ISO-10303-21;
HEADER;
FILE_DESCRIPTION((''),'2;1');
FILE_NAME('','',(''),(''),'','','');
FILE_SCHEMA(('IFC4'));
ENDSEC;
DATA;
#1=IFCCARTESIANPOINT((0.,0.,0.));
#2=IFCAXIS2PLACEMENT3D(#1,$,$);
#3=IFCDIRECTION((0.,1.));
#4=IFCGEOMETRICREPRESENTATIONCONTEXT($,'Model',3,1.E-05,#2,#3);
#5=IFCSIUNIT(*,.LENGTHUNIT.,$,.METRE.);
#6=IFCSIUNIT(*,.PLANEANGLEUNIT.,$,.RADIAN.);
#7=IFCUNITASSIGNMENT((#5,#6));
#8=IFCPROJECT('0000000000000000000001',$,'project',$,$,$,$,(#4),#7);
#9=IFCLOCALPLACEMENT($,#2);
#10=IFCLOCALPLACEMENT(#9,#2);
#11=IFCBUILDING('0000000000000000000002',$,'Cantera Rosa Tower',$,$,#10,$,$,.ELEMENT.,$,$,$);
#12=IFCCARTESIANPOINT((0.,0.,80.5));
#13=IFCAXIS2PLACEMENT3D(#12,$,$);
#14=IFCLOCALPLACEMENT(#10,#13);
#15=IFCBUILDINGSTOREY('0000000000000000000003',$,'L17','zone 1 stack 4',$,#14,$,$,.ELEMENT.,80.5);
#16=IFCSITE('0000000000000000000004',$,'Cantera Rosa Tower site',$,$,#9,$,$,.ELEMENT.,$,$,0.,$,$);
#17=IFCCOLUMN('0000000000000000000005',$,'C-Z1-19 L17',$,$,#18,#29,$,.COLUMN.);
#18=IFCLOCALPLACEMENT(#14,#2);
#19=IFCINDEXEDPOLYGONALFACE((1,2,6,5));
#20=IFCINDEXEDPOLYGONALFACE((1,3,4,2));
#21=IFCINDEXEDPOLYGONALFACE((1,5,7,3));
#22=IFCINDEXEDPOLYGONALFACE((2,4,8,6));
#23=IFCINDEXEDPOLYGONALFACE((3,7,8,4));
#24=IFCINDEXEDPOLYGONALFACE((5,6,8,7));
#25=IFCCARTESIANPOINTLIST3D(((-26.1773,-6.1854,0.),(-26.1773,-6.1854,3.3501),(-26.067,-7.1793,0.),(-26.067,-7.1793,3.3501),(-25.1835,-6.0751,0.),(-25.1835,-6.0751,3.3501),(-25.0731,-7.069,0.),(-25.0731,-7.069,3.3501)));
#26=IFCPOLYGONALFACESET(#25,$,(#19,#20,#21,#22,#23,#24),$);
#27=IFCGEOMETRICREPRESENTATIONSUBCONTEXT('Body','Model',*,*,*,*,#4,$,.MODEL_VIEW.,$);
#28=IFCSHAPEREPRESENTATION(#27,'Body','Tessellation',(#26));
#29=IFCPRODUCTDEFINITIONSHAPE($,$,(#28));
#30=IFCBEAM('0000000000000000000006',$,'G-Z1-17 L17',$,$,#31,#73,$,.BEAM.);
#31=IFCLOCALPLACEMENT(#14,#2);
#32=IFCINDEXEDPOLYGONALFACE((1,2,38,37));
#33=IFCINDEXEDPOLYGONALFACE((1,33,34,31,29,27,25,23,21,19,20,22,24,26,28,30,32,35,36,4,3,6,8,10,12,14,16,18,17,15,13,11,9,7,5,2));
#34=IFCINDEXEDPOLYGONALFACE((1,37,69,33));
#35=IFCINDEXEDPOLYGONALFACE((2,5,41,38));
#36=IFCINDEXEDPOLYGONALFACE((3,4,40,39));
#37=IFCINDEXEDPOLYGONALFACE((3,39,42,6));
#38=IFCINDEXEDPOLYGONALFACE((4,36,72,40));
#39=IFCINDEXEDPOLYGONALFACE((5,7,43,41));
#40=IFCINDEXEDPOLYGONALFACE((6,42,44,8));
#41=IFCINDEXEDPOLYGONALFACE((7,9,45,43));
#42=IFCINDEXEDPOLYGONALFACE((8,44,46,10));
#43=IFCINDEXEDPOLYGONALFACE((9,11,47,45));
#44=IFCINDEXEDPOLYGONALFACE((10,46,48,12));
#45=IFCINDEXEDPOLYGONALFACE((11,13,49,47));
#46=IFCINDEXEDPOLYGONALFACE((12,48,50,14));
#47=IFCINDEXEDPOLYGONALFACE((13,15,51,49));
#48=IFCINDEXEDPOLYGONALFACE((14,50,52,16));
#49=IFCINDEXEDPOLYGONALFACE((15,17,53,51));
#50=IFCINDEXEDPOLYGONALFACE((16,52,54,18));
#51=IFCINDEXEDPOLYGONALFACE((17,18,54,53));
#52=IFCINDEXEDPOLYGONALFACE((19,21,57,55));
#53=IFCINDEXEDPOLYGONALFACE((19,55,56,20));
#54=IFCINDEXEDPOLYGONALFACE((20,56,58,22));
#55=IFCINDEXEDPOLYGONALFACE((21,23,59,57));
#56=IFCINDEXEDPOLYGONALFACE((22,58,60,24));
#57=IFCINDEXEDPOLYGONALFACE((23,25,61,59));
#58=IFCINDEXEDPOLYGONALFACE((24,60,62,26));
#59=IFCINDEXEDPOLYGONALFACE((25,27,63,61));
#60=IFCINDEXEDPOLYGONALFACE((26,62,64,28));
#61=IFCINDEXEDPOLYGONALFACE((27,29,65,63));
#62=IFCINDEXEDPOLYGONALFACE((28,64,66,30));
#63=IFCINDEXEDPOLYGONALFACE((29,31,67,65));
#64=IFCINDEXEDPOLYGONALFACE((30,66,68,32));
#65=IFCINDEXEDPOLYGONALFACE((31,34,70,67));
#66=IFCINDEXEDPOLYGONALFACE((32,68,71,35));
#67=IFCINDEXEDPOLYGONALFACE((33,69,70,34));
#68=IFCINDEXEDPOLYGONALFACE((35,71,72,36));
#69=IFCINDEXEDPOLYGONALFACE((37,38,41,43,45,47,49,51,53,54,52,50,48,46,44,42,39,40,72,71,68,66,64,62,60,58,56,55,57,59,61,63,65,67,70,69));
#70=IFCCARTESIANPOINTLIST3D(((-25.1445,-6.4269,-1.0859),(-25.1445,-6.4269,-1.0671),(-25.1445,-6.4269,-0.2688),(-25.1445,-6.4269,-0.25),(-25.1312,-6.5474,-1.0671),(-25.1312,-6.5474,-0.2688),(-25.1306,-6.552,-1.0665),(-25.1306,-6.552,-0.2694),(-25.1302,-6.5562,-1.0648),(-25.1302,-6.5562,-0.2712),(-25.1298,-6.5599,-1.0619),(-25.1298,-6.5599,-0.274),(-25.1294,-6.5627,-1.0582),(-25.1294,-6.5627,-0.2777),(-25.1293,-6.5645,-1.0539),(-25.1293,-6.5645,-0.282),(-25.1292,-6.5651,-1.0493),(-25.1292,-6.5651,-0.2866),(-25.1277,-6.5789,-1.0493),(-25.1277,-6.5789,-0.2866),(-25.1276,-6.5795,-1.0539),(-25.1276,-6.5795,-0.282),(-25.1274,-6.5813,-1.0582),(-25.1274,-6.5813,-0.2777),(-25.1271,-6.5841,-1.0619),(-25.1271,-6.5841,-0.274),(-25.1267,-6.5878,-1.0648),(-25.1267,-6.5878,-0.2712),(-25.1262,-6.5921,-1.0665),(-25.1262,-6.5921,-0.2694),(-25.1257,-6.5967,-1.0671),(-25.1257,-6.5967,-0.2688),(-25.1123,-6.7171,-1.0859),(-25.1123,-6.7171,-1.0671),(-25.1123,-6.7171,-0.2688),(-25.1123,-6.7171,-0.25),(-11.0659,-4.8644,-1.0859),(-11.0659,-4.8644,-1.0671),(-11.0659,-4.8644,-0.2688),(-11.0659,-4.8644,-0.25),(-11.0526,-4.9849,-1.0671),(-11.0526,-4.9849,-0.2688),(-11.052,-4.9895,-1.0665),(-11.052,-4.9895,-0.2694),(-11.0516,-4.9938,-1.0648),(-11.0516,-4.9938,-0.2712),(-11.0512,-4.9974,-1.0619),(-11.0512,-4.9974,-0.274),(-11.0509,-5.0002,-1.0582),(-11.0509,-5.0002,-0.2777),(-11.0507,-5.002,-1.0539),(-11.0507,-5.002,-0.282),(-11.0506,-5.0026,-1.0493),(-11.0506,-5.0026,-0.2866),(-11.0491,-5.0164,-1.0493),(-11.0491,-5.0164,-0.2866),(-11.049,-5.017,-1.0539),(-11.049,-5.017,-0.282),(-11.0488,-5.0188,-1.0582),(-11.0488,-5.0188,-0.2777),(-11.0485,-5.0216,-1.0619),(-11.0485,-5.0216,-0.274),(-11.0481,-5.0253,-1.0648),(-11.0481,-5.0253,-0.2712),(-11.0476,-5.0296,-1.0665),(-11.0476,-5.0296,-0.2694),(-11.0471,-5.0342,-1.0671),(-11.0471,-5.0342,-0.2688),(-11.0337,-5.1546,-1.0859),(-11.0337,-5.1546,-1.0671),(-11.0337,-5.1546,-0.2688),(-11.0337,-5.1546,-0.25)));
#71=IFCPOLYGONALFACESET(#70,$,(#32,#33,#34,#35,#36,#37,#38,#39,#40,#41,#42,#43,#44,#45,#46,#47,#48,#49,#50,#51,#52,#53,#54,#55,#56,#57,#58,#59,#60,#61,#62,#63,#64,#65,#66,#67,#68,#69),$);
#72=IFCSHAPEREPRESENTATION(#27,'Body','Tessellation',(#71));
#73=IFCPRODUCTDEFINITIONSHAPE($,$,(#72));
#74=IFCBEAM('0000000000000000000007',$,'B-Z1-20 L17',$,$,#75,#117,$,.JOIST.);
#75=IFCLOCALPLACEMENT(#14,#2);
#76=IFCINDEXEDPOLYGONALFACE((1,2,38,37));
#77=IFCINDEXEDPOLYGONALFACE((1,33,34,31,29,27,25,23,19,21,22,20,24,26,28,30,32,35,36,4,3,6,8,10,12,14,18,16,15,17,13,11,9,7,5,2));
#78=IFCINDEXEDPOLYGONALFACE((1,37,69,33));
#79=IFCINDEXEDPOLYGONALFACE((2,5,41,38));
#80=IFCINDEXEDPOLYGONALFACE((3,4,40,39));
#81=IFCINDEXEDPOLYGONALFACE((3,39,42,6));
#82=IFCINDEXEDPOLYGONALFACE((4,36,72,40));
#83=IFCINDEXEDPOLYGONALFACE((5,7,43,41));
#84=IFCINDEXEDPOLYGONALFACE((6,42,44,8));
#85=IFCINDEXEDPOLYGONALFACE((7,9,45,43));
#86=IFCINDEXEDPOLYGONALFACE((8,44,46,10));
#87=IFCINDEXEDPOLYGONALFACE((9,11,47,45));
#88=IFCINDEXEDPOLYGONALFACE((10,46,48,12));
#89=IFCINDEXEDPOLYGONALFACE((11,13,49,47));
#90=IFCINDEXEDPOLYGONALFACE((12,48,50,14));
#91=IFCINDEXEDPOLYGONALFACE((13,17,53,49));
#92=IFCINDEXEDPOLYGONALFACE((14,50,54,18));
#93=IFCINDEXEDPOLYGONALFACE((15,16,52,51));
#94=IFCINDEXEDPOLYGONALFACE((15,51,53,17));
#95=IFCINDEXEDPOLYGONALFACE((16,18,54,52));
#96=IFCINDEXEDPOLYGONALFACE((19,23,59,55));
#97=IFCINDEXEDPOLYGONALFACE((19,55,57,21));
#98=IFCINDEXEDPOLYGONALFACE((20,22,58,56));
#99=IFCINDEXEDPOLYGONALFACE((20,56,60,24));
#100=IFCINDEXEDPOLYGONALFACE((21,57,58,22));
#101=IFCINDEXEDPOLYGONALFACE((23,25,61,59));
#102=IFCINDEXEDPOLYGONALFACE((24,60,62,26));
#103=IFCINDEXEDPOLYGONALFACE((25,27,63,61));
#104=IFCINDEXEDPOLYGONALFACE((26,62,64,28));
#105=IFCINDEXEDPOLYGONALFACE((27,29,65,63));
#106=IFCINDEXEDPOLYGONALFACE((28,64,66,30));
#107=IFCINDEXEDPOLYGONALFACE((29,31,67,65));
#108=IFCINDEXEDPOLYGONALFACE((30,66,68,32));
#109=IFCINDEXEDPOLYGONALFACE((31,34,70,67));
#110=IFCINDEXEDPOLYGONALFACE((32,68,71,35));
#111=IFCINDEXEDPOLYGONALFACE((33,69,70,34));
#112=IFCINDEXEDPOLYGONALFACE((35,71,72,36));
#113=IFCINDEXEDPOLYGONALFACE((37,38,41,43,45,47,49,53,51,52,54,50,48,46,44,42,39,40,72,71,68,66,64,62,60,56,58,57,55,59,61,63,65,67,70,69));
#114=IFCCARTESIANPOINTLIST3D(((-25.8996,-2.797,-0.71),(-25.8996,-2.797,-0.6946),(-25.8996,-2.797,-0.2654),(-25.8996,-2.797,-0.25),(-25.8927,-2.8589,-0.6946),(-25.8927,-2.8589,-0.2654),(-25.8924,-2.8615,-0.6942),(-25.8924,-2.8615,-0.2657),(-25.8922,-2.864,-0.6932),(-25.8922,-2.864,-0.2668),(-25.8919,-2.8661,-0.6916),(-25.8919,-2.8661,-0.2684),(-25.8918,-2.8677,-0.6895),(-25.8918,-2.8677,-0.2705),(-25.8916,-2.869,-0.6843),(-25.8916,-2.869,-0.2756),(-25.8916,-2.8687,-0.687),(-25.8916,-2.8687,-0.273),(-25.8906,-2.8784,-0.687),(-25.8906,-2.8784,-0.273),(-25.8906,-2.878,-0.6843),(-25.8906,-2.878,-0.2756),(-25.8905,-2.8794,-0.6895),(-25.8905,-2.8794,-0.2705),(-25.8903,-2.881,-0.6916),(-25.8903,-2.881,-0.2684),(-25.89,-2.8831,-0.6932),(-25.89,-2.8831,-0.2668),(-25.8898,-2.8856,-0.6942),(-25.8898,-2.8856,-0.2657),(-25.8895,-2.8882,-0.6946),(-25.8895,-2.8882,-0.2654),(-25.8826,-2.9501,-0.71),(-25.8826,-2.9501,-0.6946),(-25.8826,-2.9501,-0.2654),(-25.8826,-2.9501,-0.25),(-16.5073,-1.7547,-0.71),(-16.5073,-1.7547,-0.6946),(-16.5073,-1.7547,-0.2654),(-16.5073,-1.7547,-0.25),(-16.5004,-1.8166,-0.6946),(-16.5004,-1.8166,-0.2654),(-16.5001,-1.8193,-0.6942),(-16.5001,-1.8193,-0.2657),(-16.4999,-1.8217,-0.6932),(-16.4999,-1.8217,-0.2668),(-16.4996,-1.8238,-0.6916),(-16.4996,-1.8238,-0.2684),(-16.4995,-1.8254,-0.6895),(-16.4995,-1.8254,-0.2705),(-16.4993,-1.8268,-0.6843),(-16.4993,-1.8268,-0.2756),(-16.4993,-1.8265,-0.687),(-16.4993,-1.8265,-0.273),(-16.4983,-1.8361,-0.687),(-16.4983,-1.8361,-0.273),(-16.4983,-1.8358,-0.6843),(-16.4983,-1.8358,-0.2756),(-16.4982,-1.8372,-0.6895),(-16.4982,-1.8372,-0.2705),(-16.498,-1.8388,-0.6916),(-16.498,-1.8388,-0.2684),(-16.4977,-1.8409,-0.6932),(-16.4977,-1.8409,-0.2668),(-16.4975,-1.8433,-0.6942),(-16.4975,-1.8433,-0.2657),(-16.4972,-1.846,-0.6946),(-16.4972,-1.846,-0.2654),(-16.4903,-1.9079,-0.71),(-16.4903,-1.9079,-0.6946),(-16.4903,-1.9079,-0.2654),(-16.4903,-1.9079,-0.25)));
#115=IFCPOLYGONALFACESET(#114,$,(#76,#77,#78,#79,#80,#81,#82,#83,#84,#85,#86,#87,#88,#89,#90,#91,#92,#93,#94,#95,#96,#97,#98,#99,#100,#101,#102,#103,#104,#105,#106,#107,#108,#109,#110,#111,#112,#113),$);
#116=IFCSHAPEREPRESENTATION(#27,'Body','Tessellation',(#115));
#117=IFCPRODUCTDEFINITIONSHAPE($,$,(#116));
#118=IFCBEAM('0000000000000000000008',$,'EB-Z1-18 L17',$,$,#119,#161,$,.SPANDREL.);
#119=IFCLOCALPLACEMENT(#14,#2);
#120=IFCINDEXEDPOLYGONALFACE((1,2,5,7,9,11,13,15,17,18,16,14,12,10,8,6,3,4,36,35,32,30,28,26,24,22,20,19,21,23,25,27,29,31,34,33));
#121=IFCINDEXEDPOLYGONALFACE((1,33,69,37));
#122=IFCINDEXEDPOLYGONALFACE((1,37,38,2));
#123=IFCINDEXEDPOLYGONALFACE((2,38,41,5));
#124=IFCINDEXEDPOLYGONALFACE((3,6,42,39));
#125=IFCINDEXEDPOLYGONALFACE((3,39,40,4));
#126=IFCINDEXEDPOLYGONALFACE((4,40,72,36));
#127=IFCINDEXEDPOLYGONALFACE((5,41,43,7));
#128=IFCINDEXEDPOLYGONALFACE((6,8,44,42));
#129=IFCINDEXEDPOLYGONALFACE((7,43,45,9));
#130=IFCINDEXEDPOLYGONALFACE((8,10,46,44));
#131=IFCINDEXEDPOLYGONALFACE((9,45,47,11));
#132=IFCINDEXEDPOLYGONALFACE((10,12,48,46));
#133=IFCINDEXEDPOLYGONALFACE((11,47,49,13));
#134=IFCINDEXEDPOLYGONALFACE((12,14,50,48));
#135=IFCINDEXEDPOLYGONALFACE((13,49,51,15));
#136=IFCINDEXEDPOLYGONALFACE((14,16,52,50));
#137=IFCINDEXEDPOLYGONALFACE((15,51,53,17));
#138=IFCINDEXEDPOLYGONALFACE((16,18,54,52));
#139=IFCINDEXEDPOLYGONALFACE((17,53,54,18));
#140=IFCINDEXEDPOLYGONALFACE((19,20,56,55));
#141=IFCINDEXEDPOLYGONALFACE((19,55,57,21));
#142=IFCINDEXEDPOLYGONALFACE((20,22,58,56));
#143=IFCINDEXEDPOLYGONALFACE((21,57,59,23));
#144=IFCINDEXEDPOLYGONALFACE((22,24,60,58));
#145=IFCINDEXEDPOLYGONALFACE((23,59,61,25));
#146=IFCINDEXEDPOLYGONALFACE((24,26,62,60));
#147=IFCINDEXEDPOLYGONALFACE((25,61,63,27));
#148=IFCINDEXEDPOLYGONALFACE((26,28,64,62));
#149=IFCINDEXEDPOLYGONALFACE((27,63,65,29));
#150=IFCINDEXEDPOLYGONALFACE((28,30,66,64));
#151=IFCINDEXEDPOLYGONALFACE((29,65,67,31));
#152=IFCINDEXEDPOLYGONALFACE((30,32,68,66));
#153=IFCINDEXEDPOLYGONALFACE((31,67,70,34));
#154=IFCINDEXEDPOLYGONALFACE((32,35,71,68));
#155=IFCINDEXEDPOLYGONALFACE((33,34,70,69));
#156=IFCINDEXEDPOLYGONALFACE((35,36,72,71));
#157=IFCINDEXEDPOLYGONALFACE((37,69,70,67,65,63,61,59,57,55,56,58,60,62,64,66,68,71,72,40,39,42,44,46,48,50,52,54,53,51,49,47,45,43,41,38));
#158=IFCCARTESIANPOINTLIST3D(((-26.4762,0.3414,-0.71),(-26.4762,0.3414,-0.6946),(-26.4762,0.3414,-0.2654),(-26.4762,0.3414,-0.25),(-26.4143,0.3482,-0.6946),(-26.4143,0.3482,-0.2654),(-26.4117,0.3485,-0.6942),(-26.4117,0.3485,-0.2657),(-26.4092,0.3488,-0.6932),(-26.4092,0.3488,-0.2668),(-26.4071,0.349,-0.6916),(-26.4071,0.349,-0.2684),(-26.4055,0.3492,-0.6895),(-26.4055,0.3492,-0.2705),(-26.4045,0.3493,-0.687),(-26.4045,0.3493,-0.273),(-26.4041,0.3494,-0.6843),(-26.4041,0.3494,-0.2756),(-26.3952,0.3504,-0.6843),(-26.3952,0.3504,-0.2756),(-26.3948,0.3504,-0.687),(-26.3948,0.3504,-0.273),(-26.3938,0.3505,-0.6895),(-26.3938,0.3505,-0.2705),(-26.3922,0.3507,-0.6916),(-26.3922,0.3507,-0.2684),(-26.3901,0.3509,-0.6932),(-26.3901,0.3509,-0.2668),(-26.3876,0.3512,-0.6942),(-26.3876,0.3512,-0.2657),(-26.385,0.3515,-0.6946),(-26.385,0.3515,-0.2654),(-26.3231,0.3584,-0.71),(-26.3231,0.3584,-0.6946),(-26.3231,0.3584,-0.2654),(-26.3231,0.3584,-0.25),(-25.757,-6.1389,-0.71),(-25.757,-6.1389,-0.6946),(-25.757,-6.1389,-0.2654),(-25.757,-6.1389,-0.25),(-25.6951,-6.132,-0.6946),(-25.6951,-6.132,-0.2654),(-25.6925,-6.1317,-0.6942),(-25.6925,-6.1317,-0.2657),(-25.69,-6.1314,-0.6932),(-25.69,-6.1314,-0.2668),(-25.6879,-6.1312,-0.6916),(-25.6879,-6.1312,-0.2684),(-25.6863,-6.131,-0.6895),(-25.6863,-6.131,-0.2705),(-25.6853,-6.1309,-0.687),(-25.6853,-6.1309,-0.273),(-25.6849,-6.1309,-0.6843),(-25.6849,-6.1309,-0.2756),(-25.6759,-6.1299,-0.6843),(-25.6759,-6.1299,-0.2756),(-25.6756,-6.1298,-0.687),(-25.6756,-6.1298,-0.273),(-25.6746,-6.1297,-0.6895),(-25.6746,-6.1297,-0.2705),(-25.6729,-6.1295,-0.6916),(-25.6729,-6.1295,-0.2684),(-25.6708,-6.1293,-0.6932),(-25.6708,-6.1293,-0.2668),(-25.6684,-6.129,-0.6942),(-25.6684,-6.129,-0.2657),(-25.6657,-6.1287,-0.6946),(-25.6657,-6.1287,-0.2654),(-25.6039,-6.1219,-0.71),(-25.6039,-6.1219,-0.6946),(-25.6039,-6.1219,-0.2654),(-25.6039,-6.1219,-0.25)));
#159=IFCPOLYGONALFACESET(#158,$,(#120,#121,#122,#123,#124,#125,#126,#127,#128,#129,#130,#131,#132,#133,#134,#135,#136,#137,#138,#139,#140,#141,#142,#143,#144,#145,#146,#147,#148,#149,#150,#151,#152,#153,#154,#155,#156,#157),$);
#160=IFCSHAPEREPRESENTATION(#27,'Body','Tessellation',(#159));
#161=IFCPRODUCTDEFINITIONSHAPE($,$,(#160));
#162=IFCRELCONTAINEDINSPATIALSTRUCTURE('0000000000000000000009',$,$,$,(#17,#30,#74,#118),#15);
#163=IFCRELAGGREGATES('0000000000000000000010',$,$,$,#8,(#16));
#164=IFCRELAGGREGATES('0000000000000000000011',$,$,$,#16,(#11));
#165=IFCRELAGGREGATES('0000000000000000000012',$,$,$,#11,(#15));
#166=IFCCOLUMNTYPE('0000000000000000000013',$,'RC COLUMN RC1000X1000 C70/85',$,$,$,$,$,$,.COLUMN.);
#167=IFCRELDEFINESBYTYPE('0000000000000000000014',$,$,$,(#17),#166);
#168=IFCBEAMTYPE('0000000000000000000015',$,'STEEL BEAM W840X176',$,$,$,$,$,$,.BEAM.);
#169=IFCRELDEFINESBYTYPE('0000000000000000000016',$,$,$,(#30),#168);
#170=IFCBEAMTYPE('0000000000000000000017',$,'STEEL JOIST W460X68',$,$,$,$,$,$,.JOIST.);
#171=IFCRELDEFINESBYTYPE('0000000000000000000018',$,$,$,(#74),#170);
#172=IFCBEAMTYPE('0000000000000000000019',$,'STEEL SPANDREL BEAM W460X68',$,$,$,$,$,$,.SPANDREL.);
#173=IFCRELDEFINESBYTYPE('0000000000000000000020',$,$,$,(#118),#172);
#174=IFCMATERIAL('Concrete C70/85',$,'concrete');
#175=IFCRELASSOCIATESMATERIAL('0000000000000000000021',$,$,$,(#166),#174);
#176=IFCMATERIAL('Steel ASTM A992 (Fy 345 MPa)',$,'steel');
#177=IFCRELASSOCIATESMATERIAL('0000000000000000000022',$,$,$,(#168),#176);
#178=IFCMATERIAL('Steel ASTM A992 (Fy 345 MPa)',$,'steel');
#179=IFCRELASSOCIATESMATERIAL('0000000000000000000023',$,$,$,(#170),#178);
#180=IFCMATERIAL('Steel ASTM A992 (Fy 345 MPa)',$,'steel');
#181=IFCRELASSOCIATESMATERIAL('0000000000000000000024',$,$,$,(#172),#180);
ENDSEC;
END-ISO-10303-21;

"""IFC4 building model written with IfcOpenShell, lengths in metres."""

from ifc_helpers import new_model, si_unit, direction, frame, origin, origin_2d, place, context, subcontext, project, spatial, rectangle, i_section, extrude, material, material_profile, profile_set, type_object, element, save


model = new_model("IFC4")

# Units and contexts
model_context = context("Model", 3, precision=1e-05, world=origin(), true_north=direction((0.0, 1.0)))
body_context = subcontext(model_context, "Body", "Model", "MODEL_VIEW")
ifc_project = project(units=[si_unit("LENGTHUNIT", "METRE"), si_unit("PLANEANGLEUNIT", "RADIAN")], contexts=[model_context])

# Site, building, storey
site_placement = place(None, origin())
site = spatial("IfcSite", under=ifc_project, at=site_placement, Name="Cantera Rosa Tower site", CompositionType="ELEMENT", RefElevation=0.0)
building_placement = place(site_placement, origin())
building = spatial("IfcBuilding", under=site, at=building_placement, Name="Cantera Rosa Tower", CompositionType="ELEMENT")
storey_placement = place(building_placement, frame((0.0, 0.0, 80.5)))
storey = spatial("IfcBuildingStorey", under=building, at=storey_placement, Name="L17", Description="zone 1 stack 4", CompositionType="ELEMENT", Elevation=80.5)

# Column
ifc_material_1 = material(Name="Concrete C70/85", Category="concrete")
ifc_material_profile_1 = material_profile(ifc_material_1, rectangle(XDim=1.0, YDim=1.0, at=origin_2d()), Name="RC COLUMN RC1000X1000 C70/85")
ifc_profile_set_1 = profile_set([ifc_material_profile_1], Name="Concrete C70/85")
column_type = type_object("IfcColumnType", Name="RC COLUMN RC1000X1000 C70/85", PredefinedType="COLUMN", material=ifc_profile_set_1)
column_placement = place(storey_placement, frame((-25.6252, -6.6272, 0.0), z_axis=(0.0, 0.0, 1.0), x_axis=(0.993897, 0.110313, 0.0)))
element("IfcColumn", 1, at=column_placement, inside=storey, type_object=column_type, Name="C-Z1-19 L17", PredefinedType="COLUMN", context=body_context, shape_type="SweptSolid", body=[
    extrude(rectangle(XDim=1.0, YDim=1.0, at=origin_2d()), origin(), (0.0, 0.0, 1.0), 3.3501),
])

# Beams
ifc_material_2 = material(Name="Steel ASTM A992 (Fy 345 MPa)", Category="steel")
ifc_material_profile_2 = material_profile(ifc_material_2, i_section(OverallWidth=0.292, OverallDepth=0.8359, WebThickness=0.0139, FlangeThickness=0.0188, FilletRadius=0.0178, at=origin_2d()), Name="W840X176")
ifc_profile_set_2 = profile_set([ifc_material_profile_2], Name="Steel ASTM A992 (Fy 345 MPa)")
beam_type_1 = type_object("IfcBeamType", Name="STEEL BEAM W840X176", PredefinedType="BEAM", material=ifc_profile_set_2)
beam_1_placement = place(storey_placement, frame((-25.1284, -6.572, -0.668), z_axis=(0.993898, 0.110307, 0.0), x_axis=(-0.110307, 0.993898, 0.0)))
element("IfcBeam", 2, at=beam_1_placement, inside=storey, type_object=beam_type_1, Name="G-Z1-17 L17", PredefinedType="BEAM", context=body_context, shape_type="SweptSolid", body=[
    extrude(i_section(OverallWidth=0.292, OverallDepth=0.8359, WebThickness=0.0139, FlangeThickness=0.0188, FilletRadius=0.0178, at=origin_2d()), origin(), (0.0, 0.0, 1.0), 14.165),
])
ifc_material_3 = material(Name="Steel ASTM A992 (Fy 345 MPa)", Category="steel")
ifc_material_profile_3 = material_profile(ifc_material_3, i_section(OverallWidth=0.1541, OverallDepth=0.46, WebThickness=0.009, FlangeThickness=0.0154, FilletRadius=0.0103, at=origin_2d()), Name="W460X68")
ifc_profile_set_3 = profile_set([ifc_material_profile_3], Name="Steel ASTM A992 (Fy 345 MPa)")
beam_type_2 = type_object("IfcBeamType", Name="STEEL JOIST W460X68", PredefinedType="JOIST", material=ifc_profile_set_3)
beam_2_placement = place(storey_placement, frame((-25.8911, -2.8735, -0.48), z_axis=(0.993899, 0.11029, 0.0), x_axis=(-0.11029, 0.993899, 0.0)))
element("IfcBeam", 3, at=beam_2_placement, inside=storey, type_object=beam_type_2, Name="B-Z1-20 L17", PredefinedType="JOIST", context=body_context, shape_type="SweptSolid", body=[
    extrude(i_section(OverallWidth=0.1541, OverallDepth=0.46, WebThickness=0.009, FlangeThickness=0.0154, FilletRadius=0.0103, at=origin_2d()), origin(), (0.0, 0.0, 1.0), 9.45),
])
ifc_material_4 = material(Name="Steel ASTM A992 (Fy 345 MPa)", Category="steel")
ifc_material_profile_4 = material_profile(ifc_material_4, i_section(OverallWidth=0.1541, OverallDepth=0.46, WebThickness=0.009, FlangeThickness=0.0154, FilletRadius=0.0103, at=origin_2d()), Name="W460X68")
ifc_profile_set_4 = profile_set([ifc_material_profile_4], Name="Steel ASTM A992 (Fy 345 MPa)")
beam_type_3 = type_object("IfcBeamType", Name="STEEL SPANDREL BEAM W460X68", PredefinedType="SPANDREL", material=ifc_profile_set_4)
for number, where, z_axis, x_axis, name in (
    (4, (-26.3997, 0.3499, -0.48), (0.110312, -0.993897, 0.0), (0.993897, 0.110312, 0.0), "EB-Z1-18 L17"),
):
    element("IfcBeam", number, at=place(storey_placement, frame(where, z_axis=z_axis, x_axis=x_axis)), inside=storey, type_object=beam_type_3, Name=name, PredefinedType="SPANDREL", context=body_context, shape_type="SweptSolid", body=[
        extrude(i_section(OverallWidth=0.1541, OverallDepth=0.46, WebThickness=0.009, FlangeThickness=0.0154, FilletRadius=0.0103, at=origin_2d()), origin(), (0.0, 0.0, 1.0), 6.52),
    ])

save(model, "model.ifc")
